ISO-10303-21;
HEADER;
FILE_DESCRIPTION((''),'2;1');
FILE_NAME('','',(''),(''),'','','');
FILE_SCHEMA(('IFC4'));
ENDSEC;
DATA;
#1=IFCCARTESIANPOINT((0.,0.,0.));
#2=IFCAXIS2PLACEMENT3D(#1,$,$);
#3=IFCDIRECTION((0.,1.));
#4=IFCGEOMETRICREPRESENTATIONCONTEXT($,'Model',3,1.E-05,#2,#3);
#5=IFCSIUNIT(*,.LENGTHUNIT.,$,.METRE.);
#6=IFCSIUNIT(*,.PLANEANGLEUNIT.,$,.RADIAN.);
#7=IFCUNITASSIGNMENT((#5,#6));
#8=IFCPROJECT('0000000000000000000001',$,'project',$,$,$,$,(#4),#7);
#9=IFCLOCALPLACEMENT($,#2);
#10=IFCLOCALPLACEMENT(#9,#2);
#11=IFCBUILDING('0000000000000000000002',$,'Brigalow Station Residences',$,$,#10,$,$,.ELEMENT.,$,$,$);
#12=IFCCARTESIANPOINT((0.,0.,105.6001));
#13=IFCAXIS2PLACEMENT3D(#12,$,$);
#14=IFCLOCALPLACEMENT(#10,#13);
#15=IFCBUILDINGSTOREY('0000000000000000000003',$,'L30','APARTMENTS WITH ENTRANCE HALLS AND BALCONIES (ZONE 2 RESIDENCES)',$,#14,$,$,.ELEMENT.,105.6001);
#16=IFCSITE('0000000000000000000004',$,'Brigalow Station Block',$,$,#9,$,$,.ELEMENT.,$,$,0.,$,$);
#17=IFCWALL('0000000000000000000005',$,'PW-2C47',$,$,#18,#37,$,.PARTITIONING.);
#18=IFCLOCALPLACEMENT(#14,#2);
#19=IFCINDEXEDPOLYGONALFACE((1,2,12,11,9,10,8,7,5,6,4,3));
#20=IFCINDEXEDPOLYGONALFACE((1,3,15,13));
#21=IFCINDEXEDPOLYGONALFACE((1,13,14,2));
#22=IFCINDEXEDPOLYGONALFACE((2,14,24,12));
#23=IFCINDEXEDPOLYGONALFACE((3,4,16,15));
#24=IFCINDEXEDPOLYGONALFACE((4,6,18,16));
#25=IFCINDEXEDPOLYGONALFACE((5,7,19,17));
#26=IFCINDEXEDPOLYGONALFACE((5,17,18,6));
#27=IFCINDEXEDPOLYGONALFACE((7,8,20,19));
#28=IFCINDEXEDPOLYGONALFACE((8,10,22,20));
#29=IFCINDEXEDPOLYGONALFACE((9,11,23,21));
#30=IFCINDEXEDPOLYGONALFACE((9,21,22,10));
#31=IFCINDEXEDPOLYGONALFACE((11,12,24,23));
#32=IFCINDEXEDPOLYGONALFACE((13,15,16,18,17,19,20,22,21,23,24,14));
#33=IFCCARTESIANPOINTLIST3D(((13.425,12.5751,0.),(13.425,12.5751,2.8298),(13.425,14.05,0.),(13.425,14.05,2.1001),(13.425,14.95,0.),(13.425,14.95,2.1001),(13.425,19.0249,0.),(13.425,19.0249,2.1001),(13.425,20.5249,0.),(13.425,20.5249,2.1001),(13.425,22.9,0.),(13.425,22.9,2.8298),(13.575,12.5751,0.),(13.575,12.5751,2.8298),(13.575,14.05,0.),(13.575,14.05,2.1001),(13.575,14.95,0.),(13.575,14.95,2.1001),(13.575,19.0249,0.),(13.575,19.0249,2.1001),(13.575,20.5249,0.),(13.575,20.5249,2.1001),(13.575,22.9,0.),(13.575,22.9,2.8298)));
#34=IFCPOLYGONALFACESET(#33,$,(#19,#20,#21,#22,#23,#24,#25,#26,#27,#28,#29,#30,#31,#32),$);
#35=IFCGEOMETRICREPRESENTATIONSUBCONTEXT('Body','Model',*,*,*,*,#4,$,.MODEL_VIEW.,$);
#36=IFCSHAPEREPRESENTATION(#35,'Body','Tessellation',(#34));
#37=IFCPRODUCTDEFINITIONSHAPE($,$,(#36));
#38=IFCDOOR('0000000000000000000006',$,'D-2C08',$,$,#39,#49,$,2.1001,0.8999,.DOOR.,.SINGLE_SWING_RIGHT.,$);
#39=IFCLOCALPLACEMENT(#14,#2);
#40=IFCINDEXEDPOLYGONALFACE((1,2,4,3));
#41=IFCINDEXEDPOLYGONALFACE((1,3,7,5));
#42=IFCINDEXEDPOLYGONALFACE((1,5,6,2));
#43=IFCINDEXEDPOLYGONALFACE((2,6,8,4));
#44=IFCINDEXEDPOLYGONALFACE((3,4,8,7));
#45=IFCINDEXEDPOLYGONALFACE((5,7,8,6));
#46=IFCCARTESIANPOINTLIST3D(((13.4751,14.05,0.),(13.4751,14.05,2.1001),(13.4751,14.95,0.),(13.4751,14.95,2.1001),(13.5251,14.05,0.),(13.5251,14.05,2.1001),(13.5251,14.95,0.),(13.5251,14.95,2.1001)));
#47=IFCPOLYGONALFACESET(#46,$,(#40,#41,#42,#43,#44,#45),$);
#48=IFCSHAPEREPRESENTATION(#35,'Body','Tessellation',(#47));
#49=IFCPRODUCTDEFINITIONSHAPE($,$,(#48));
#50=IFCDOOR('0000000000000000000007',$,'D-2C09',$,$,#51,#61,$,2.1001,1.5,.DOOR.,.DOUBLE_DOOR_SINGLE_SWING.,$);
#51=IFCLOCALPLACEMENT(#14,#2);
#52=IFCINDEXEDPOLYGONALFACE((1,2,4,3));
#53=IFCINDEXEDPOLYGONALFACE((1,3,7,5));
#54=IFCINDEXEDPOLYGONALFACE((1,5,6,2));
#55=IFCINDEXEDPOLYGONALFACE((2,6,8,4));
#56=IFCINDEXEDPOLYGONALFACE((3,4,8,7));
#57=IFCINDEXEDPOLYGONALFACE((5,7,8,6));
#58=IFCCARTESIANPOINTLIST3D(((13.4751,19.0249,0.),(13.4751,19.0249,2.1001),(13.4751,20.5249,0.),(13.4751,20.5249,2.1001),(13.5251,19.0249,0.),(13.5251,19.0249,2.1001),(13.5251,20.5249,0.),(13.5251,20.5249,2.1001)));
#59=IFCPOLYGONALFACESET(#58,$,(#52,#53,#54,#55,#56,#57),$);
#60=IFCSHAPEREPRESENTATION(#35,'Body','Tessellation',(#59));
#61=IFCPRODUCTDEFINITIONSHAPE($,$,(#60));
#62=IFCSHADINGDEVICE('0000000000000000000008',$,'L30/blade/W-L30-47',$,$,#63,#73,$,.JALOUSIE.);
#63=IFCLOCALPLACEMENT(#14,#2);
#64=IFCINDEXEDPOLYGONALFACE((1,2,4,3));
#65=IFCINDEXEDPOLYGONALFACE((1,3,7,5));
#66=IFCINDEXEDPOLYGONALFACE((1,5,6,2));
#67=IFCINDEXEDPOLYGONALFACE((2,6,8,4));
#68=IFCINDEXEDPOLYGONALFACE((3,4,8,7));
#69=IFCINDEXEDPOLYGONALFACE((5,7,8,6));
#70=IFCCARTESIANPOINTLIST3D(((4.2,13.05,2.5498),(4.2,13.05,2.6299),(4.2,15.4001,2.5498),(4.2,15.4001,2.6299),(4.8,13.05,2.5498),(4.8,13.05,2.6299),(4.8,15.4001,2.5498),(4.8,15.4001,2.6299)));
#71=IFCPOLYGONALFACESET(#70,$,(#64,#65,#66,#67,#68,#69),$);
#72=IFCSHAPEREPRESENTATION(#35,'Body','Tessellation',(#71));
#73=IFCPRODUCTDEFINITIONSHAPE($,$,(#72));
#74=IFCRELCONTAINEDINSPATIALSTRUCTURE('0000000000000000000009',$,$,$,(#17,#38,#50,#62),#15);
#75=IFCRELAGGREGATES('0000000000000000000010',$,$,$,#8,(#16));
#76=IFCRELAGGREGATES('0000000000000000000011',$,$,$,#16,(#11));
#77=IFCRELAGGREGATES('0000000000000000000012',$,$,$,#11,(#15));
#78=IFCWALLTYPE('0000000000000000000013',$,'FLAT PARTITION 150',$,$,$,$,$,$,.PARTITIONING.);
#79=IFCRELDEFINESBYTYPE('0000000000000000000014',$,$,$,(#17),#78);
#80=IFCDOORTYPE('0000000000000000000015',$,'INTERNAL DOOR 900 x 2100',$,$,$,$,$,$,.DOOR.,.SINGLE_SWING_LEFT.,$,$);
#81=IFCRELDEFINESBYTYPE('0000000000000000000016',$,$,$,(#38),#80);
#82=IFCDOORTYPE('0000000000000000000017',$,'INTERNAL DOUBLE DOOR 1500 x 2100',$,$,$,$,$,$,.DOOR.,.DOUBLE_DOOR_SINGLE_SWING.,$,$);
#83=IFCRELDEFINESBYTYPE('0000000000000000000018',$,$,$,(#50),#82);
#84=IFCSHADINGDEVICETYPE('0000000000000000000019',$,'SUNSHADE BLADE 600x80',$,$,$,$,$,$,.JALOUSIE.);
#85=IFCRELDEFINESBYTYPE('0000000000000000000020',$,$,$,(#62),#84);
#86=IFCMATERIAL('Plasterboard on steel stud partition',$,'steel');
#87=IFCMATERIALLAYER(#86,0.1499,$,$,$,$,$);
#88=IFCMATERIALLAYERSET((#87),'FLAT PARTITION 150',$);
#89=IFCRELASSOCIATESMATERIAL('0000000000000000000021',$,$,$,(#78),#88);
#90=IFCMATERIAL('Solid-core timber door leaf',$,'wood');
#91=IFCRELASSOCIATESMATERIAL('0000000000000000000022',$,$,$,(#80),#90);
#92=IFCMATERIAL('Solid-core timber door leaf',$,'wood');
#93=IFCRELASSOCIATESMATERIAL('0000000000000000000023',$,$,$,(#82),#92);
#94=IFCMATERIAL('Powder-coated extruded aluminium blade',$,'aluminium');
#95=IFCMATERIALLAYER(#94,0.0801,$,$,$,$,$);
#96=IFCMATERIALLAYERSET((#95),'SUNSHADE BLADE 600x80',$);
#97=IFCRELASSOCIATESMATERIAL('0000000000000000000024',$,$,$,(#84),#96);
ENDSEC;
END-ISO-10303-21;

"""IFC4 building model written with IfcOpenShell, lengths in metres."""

from ifc_helpers import new_model, si_unit, direction, frame, frame_2d, origin, origin_2d, place, context, subcontext, project, spatial, rectangle, extrude, material, layer, layer_set, type_object, element, fill, save


model = new_model("IFC4")

# Units and contexts
model_context = context("Model", 3, precision=1e-05, world=origin(), true_north=direction((0.0, 1.0)))
body_context = subcontext(model_context, "Body", "Model", "MODEL_VIEW")
ifc_project = project(units=[si_unit("LENGTHUNIT", "METRE"), si_unit("PLANEANGLEUNIT", "RADIAN")], contexts=[model_context])

# Site, building, storey
site_placement = place(None, origin())
site = spatial("IfcSite", under=ifc_project, at=site_placement, Name="Brigalow Station Block", CompositionType="ELEMENT", RefElevation=0.0)
building_placement = place(site_placement, origin())
building = spatial("IfcBuilding", under=site, at=building_placement, Name="Brigalow Station Residences", CompositionType="ELEMENT")
storey_placement = place(building_placement, frame((0.0, 0.0, 105.6001)))
storey = spatial("IfcBuildingStorey", under=building, at=storey_placement, Name="L30", Description="APARTMENTS WITH ENTRANCE HALLS AND BALCONIES (ZONE 2 RESIDENCES)", CompositionType="ELEMENT", Elevation=105.6001)

# Shared definitions
ifc_material_1 = material(Name="Plasterboard on steel stud partition", Category="steel")
ifc_layer_1 = layer(ifc_material_1, 0.1499)
ifc_layer_set_1 = layer_set([ifc_layer_1], Name="FLAT PARTITION 150")
wall_type_1 = type_object("IfcWallType", Name="FLAT PARTITION 150", PredefinedType="PARTITIONING", material=ifc_layer_set_1)

# Wall, openings, doors
wall_1_placement = place(storey_placement, frame((13.5, 12.575, 0.0), z_axis=(0.0, 0.0, 1.0), x_axis=(0.0, 1.0, 0.0)))
wall_1 = element("IfcWall", 1, at=wall_1_placement, inside=storey, type_object=wall_type_1, Name="PW-2C47", PredefinedType="PARTITIONING", context=body_context, shape_type="SweptSolid", body=[
    extrude(rectangle(XDim=10.325, YDim=0.1499, at=frame_2d((5.1626, 0.0))), origin(), (0.0, 0.0, 1.0), 2.8298),
])
opening_1_placement = place(wall_1_placement, frame((1.4751, 0.0, 0.0)))
opening_1 = element("IfcOpeningElement", 2, at=opening_1_placement, cuts=wall_1, PredefinedType="OPENING", context=body_context, shape_type="SweptSolid", body=[
    extrude(rectangle(XDim=0.8999, YDim=2.1001, at=frame_2d((0.45, 1.05))), frame((0.0, 0.085, 0.0), z_axis=(0.0, -1.0, 0.0), x_axis=(1.0, 0.0, 0.0)), (0.0, 0.0, 1.0), 0.1699),
])
opening_2_placement = place(wall_1_placement, frame((6.45, 0.0, 0.0)))
opening_2 = element("IfcOpeningElement", 3, at=opening_2_placement, cuts=wall_1, PredefinedType="OPENING", context=body_context, shape_type="SweptSolid", body=[
    extrude(rectangle(XDim=1.5, YDim=2.1001, at=frame_2d((0.75, 1.05))), frame((0.0, 0.085, 0.0), z_axis=(0.0, -1.0, 0.0), x_axis=(1.0, 0.0, 0.0)), (0.0, 0.0, 1.0), 0.1699),
])
ifc_material_2 = material(Name="Solid-core timber door leaf", Category="wood")
door_type_1 = type_object("IfcDoorType", Name="INTERNAL DOOR 900 x 2100", OperationType="SINGLE_SWING_LEFT", PredefinedType="DOOR", material=ifc_material_2)
door_1_placement = place(opening_1_placement, origin())
door_1 = element("IfcDoor", 4, at=door_1_placement, inside=storey, type_object=door_type_1, Name="D-2C08", OperationType="SINGLE_SWING_RIGHT", OverallHeight=2.1001, OverallWidth=0.8999, PredefinedType="DOOR", context=body_context, shape_type="SweptSolid", body=[
    extrude(rectangle(XDim=0.8999, YDim=2.1001, at=frame_2d((0.45, 1.05))), frame((0.0, 0.0249, 0.0), z_axis=(0.0, -1.0, 0.0), x_axis=(1.0, 0.0, 0.0)), (0.0, 0.0, 1.0), 0.05),
])
fill(opening_1, door_1)
ifc_material_3 = material(Name="Solid-core timber door leaf", Category="wood")
door_type_2 = type_object("IfcDoorType", Name="INTERNAL DOUBLE DOOR 1500 x 2100", OperationType="DOUBLE_DOOR_SINGLE_SWING", PredefinedType="DOOR", material=ifc_material_3)
door_2_placement = place(opening_2_placement, origin())
door_2 = element("IfcDoor", 5, at=door_2_placement, inside=storey, type_object=door_type_2, Name="D-2C09", OperationType="DOUBLE_DOOR_SINGLE_SWING", OverallHeight=2.1001, OverallWidth=1.5, PredefinedType="DOOR", context=body_context, shape_type="SweptSolid", body=[
    extrude(rectangle(XDim=1.5, YDim=2.1001, at=frame_2d((0.75, 1.05))), frame((0.0, 0.0249, 0.0), z_axis=(0.0, -1.0, 0.0), x_axis=(1.0, 0.0, 0.0)), (0.0, 0.0, 1.0), 0.05),
])
fill(opening_2, door_2)

# Shading device
ifc_material_4 = material(Name="Powder-coated extruded aluminium blade", Category="aluminium")
ifc_layer_2 = layer(ifc_material_4, 0.0801)
ifc_layer_set_2 = layer_set([ifc_layer_2], Name="SUNSHADE BLADE 600x80")
shading_device_type = type_object("IfcShadingDeviceType", Name="SUNSHADE BLADE 600x80", PredefinedType="JALOUSIE", material=ifc_layer_set_2)
shading_device_placement = place(storey_placement, frame((4.5, 14.2251, 2.5498), z_axis=(0.0, 0.0, 1.0), x_axis=(0.0, -1.0, 0.0)))
element("IfcShadingDevice", 6, at=shading_device_placement, inside=storey, type_object=shading_device_type, Name="L30/blade/W-L30-47", PredefinedType="JALOUSIE", context=body_context, shape_type="SweptSolid", body=[
    extrude(rectangle(XDim=2.3501, YDim=0.6001, at=origin_2d()), origin(), (0.0, 0.0, 1.0), 0.0801),
])

save(model, "model.ifc")
